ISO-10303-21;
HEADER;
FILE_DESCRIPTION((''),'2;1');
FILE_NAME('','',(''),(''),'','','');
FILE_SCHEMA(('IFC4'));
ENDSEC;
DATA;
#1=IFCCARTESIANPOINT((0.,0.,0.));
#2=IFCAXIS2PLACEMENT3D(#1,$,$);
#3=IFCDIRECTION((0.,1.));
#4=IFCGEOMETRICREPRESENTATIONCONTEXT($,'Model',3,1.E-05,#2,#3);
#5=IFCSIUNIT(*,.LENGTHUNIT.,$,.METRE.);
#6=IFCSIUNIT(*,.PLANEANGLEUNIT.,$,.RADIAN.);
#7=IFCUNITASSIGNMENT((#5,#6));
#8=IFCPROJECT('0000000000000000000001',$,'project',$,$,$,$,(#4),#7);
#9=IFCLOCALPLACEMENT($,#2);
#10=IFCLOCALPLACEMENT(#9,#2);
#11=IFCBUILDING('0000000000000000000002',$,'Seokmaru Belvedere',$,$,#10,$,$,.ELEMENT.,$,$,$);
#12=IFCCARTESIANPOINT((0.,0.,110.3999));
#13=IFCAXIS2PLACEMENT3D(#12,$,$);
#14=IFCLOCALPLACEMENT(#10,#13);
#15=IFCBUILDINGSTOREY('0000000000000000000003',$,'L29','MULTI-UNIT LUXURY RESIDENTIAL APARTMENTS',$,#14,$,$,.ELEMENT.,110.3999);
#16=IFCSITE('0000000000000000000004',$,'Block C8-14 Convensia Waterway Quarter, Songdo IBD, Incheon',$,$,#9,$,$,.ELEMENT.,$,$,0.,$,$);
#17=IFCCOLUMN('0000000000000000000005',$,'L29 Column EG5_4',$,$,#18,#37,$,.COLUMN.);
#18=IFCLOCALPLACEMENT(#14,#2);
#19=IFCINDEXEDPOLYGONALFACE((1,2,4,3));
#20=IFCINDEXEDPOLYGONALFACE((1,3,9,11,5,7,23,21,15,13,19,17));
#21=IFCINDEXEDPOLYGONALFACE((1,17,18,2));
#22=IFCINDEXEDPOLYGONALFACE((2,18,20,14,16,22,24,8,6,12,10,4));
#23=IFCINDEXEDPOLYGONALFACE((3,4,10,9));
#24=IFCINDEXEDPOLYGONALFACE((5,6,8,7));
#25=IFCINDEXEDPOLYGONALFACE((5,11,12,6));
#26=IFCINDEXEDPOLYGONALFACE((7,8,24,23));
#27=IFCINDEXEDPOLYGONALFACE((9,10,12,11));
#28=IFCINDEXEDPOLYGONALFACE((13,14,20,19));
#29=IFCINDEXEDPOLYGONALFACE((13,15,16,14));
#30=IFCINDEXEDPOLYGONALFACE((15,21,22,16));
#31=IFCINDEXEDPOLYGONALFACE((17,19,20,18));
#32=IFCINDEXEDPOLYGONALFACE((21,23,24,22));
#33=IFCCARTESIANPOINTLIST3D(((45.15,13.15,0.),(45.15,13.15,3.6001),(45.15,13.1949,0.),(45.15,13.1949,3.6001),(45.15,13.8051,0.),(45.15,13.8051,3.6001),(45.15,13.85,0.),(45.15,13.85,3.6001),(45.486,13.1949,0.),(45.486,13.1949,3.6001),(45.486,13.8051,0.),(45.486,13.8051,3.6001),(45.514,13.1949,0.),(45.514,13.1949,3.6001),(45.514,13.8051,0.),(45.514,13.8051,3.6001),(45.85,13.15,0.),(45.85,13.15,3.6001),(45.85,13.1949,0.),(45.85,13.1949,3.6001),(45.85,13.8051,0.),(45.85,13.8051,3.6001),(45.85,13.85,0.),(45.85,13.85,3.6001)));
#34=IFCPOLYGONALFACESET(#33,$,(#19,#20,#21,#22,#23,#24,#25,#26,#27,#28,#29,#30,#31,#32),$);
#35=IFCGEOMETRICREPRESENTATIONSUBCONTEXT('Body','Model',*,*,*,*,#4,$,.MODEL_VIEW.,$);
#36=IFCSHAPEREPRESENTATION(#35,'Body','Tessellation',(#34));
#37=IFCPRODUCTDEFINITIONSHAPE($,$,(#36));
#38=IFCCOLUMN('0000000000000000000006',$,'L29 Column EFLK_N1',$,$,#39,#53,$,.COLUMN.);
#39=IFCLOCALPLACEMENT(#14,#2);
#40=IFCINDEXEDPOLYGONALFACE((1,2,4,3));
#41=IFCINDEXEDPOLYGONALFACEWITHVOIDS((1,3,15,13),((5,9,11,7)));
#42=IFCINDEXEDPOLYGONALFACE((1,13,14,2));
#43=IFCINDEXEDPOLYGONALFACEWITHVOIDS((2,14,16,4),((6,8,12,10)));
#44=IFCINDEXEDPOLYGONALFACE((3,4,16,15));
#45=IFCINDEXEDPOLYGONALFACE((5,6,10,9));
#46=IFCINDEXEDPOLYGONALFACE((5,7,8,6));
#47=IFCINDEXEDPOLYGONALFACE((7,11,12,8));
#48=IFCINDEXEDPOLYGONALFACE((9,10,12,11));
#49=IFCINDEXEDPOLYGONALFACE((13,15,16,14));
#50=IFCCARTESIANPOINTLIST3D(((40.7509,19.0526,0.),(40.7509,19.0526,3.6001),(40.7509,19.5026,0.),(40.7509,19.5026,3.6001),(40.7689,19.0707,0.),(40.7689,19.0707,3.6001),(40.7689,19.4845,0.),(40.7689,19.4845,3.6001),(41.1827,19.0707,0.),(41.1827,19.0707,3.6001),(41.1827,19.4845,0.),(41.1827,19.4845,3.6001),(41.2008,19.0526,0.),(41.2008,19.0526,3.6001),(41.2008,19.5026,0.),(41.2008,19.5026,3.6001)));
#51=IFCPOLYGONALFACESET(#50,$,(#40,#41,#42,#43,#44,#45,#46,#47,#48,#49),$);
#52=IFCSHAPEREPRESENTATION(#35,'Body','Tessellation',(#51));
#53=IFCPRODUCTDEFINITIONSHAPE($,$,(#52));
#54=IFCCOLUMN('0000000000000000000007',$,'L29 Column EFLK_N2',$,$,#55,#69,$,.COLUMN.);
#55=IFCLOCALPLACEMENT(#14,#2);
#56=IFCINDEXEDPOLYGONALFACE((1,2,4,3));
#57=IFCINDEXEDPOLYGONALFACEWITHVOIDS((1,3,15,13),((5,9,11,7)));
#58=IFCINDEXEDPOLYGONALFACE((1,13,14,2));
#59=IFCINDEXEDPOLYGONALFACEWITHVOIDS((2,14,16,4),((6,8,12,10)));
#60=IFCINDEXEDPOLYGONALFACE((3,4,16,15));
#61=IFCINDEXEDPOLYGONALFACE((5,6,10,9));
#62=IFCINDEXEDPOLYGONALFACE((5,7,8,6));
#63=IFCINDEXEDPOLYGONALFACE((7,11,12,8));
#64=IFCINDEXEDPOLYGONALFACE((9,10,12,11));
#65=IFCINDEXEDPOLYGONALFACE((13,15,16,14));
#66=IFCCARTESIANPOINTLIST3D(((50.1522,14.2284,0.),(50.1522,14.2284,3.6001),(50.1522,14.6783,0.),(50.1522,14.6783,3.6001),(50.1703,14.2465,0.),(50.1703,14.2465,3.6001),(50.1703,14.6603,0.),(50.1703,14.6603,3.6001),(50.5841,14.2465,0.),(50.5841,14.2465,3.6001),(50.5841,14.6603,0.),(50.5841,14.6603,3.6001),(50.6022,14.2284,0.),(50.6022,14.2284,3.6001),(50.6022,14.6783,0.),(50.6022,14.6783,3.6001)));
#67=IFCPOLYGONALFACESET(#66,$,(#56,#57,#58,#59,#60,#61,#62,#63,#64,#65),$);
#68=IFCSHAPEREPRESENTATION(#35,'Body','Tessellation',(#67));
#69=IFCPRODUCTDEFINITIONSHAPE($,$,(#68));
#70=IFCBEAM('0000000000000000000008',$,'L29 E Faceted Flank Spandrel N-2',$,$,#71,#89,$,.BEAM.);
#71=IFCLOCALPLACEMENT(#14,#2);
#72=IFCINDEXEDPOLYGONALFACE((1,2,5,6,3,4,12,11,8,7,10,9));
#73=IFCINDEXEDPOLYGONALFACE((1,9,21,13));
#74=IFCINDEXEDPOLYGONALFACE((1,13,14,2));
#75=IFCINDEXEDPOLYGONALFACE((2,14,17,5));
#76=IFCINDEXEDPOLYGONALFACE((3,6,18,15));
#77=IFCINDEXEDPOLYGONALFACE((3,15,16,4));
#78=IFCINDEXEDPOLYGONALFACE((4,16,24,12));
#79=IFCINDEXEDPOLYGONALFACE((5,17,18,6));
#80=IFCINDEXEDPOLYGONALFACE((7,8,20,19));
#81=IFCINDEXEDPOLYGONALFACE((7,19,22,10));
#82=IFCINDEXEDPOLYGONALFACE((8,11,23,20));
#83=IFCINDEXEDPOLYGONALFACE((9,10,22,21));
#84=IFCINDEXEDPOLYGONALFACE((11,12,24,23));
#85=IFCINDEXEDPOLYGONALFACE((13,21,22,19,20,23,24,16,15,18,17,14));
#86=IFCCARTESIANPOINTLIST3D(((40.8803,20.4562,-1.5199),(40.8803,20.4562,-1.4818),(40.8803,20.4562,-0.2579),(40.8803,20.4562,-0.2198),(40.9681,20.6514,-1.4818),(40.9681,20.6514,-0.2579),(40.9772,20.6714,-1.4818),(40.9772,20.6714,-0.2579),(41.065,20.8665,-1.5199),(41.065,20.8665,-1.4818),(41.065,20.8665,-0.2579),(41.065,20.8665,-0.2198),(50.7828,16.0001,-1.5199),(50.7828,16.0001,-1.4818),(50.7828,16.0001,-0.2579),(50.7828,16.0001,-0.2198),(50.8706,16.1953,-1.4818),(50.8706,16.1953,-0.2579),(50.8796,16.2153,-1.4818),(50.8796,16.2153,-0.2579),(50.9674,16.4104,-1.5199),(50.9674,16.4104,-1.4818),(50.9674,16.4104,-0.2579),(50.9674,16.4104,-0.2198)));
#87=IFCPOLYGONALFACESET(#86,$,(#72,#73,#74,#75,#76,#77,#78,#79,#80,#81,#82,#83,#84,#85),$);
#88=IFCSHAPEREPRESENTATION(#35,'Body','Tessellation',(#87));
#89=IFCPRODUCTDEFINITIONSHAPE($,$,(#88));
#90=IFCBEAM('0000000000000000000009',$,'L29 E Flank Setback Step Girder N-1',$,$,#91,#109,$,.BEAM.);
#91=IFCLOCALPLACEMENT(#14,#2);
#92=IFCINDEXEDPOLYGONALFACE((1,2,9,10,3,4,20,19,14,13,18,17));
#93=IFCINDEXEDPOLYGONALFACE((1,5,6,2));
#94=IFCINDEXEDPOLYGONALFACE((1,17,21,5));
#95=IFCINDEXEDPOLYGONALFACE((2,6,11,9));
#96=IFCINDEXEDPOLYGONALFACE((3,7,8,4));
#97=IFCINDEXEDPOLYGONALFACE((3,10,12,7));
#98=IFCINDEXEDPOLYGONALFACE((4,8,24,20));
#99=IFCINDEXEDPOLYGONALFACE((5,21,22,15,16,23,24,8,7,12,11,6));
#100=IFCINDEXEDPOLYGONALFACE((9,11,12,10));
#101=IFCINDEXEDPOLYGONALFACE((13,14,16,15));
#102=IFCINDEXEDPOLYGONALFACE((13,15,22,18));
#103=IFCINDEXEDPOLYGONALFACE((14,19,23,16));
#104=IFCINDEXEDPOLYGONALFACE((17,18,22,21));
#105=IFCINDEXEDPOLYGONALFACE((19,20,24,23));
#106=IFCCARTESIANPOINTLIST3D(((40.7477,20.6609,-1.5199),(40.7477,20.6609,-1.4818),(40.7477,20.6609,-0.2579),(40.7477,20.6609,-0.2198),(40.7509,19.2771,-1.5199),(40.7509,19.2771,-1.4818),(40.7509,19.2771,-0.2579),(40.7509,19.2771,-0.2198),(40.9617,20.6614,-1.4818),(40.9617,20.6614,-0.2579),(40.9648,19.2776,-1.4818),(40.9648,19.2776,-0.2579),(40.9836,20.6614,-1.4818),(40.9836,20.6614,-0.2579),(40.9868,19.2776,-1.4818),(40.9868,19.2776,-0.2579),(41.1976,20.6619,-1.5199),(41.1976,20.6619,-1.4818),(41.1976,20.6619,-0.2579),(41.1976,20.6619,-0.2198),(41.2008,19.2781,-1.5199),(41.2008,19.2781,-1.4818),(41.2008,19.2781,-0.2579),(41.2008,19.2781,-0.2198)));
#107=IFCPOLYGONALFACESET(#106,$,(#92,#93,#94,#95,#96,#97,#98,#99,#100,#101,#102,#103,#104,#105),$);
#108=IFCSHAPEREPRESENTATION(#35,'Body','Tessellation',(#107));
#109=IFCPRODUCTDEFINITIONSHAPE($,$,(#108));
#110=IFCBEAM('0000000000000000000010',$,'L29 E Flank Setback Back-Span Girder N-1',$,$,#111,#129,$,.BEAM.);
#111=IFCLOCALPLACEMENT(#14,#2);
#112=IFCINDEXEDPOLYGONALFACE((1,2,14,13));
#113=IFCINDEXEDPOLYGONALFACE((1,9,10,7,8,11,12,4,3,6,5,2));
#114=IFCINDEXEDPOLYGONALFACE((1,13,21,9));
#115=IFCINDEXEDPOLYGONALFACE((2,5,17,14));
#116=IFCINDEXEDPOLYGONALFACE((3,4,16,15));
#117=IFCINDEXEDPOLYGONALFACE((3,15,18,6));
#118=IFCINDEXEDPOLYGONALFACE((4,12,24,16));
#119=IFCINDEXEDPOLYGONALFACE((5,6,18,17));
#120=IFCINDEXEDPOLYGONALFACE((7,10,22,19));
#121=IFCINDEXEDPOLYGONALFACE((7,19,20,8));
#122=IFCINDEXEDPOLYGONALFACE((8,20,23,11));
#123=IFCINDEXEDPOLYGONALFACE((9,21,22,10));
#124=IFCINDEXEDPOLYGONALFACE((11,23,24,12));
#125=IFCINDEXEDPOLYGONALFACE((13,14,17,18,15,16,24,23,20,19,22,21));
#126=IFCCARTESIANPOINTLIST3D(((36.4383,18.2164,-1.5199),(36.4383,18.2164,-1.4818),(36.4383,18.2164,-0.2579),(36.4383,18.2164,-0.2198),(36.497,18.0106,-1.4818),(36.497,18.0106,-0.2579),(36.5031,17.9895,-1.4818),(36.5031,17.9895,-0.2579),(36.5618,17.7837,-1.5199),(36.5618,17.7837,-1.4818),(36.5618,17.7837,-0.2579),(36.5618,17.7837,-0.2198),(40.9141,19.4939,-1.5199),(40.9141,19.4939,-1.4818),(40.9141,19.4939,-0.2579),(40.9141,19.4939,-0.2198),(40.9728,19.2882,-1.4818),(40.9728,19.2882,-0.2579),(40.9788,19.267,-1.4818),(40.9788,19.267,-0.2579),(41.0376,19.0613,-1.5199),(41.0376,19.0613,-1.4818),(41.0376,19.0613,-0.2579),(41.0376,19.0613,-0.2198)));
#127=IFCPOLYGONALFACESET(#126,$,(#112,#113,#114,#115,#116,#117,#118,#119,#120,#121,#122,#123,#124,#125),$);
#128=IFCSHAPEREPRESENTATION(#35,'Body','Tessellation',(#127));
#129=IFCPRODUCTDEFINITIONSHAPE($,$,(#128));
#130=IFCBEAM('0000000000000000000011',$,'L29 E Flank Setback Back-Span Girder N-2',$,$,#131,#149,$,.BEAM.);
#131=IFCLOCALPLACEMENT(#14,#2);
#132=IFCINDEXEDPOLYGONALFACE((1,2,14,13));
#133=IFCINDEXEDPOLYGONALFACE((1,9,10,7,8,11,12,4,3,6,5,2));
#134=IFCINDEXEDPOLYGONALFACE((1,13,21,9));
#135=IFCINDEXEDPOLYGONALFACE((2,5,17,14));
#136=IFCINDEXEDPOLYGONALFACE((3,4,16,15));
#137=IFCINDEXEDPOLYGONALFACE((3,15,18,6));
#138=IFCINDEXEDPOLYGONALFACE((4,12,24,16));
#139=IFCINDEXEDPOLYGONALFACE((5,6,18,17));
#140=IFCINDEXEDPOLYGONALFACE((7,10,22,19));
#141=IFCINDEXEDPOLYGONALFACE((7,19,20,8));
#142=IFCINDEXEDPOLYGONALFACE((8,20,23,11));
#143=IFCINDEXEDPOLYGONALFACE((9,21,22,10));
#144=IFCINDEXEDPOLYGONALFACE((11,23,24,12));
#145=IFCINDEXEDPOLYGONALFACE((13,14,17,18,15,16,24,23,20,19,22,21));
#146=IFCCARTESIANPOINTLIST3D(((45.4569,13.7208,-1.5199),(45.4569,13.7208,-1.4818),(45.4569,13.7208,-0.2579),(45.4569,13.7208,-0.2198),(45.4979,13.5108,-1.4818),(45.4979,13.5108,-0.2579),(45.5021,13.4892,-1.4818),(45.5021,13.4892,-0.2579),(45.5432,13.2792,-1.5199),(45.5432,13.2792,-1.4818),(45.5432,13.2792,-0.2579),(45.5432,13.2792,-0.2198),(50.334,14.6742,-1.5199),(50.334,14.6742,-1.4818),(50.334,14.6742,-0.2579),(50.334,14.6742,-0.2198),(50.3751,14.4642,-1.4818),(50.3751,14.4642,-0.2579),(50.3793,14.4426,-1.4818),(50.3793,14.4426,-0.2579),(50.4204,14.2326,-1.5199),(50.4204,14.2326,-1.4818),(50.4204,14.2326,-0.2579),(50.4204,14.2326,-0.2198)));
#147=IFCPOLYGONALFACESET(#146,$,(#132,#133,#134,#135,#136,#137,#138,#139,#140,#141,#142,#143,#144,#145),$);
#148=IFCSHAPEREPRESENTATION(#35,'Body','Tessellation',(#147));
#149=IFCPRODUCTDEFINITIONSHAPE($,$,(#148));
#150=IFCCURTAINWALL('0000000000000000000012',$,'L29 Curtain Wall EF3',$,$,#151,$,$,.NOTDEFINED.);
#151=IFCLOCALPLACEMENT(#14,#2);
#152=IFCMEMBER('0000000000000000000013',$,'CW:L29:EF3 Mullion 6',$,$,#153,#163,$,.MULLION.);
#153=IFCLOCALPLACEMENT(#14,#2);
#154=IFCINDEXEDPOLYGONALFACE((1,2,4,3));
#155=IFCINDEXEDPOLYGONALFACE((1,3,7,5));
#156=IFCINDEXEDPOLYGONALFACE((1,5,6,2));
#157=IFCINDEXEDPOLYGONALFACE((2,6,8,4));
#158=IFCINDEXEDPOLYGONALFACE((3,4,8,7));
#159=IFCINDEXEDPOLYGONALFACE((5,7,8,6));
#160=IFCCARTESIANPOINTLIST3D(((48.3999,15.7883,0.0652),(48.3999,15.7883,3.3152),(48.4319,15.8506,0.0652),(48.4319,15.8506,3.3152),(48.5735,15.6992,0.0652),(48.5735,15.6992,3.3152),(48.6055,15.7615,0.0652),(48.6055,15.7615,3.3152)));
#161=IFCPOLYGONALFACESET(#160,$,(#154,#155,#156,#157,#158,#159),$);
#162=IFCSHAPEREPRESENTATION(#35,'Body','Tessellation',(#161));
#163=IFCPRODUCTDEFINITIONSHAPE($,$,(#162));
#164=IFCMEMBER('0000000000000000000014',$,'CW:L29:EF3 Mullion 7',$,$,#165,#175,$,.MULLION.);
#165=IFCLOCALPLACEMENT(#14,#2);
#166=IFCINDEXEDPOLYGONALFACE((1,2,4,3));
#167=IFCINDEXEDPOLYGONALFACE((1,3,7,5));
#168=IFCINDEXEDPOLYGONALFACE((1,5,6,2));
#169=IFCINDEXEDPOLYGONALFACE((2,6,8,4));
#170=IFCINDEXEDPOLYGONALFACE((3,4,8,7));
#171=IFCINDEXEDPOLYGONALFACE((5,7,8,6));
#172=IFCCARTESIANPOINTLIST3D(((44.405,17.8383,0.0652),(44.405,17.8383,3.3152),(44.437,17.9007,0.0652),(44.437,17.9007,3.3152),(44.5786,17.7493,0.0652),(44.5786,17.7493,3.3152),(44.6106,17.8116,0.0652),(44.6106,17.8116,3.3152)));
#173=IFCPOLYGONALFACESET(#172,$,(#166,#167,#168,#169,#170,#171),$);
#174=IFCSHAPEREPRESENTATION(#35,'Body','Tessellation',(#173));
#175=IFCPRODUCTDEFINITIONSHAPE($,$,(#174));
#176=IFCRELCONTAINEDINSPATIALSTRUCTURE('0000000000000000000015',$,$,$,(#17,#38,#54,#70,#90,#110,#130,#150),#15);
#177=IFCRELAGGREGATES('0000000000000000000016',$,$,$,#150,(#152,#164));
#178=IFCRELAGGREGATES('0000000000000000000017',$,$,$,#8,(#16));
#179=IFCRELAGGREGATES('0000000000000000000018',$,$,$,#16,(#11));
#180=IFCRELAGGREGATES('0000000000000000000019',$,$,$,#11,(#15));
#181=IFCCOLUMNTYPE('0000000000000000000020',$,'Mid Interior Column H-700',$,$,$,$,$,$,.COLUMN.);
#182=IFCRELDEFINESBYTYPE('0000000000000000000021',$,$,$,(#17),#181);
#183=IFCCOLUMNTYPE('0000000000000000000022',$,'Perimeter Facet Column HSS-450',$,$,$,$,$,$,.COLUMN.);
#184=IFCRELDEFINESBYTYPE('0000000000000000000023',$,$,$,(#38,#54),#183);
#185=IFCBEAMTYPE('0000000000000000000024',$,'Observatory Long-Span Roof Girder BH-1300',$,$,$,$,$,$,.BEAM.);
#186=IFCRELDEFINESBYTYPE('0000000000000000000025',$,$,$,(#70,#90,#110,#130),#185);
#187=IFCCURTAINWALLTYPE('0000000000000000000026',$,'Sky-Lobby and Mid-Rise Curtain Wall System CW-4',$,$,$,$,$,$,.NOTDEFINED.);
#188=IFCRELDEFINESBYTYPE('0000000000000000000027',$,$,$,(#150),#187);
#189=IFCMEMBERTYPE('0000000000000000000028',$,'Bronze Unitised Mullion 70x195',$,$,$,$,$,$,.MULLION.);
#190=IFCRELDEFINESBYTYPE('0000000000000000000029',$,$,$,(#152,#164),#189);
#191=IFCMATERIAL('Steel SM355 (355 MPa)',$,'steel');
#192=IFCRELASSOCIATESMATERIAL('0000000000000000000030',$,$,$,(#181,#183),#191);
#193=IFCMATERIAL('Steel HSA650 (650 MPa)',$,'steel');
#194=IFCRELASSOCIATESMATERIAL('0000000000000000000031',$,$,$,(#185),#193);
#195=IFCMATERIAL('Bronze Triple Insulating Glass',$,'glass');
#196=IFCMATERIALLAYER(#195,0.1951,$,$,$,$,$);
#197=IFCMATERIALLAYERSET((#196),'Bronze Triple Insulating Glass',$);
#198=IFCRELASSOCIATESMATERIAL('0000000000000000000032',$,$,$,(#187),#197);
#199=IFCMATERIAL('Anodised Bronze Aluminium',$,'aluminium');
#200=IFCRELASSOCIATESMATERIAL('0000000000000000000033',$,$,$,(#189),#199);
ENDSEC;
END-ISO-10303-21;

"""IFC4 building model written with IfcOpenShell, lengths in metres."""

from ifc_helpers import new_model, si_unit, direction, frame, origin, origin_2d, place, context, subcontext, project, spatial, rectangle, hollow_rectangle, i_section, extrude, source, transform, mapped, material, layer, layer_set, material_profile, profile_set, type_object, type_shapes, element, aggregate, save


model = new_model("IFC4")

# Units and contexts
model_context = context("Model", 3, precision=1e-05, world=origin(), true_north=direction((0.0, 1.0)))
body_context = subcontext(model_context, "Body", "Model", "MODEL_VIEW")
ifc_project = project(units=[si_unit("LENGTHUNIT", "METRE"), si_unit("PLANEANGLEUNIT", "RADIAN")], contexts=[model_context])

# Site, building, storey
site_placement = place(None, origin())
site = spatial("IfcSite", under=ifc_project, at=site_placement, Name="Block C8-14 Convensia Waterway Quarter, Songdo IBD, Incheon", CompositionType="ELEMENT", RefElevation=0.0)
building_placement = place(site_placement, origin())
building = spatial("IfcBuilding", under=site, at=building_placement, Name="Seokmaru Belvedere", CompositionType="ELEMENT")
storey_placement = place(building_placement, frame((0.0, 0.0, 110.3999)))
storey = spatial("IfcBuildingStorey", under=building, at=storey_placement, Name="L29", Description="MULTI-UNIT LUXURY RESIDENTIAL APARTMENTS", CompositionType="ELEMENT", Elevation=110.3999)

# Columns
ifc_material_1 = material(Name="Steel SM355 (355 MPa)", Category="steel")
ifc_material_profile_1 = material_profile(ifc_material_1, i_section(OverallWidth=0.7, OverallDepth=0.7, WebThickness=0.0281, FlangeThickness=0.0449, at=origin_2d()), Name="H-700x700x28x45")
ifc_profile_set_1 = profile_set([ifc_material_profile_1], Name="Steel SM355 (355 MPa)")
column_type_1 = type_object("IfcColumnType", Name="Mid Interior Column H-700", PredefinedType="COLUMN", material=ifc_profile_set_1)
shared_shape_1 = source(origin(), body_context, "Body", "SweptSolid", [
    extrude(i_section(OverallWidth=0.7, OverallDepth=0.7, WebThickness=0.0281, FlangeThickness=0.0449, at=origin_2d()), origin(), (0.0, 0.0, 1.0), 3.6001),
])
type_shapes(column_type_1, [shared_shape_1])
column_placement = place(storey_placement, frame((45.5, 13.5, 0.0), z_axis=(0.0, 0.0, 1.0), x_axis=(1.0, 0.0, 0.0)))
element("IfcColumn", 1, at=column_placement, inside=storey, type_object=column_type_1, Name="L29 Column EG5_4", PredefinedType="COLUMN", context=body_context, shape_type="MappedRepresentation", body=[
    mapped(shared_shape_1, transform((0.0, 0.0, 0.0), scale=1.0)),
])
ifc_material_profile_2 = material_profile(ifc_material_1, hollow_rectangle(XDim=0.45, YDim=0.45, WallThickness=0.0181, at=origin_2d()), Name="HSS-450x450x18")
ifc_profile_set_2 = profile_set([ifc_material_profile_2], Name="Steel SM355 (355 MPa)")
column_type_2 = type_object("IfcColumnType", Name="Perimeter Facet Column HSS-450", PredefinedType="COLUMN", material=ifc_profile_set_2)
shared_shape_2 = source(origin(), body_context, "Body", "SweptSolid", [
    extrude(hollow_rectangle(XDim=0.45, YDim=0.45, WallThickness=0.0181, at=origin_2d()), origin(), (0.0, 0.0, 1.0), 3.6001),
])
type_shapes(column_type_2, [shared_shape_2])
for number, where, z_axis, x_axis, name in (
    (2, (40.9758, 19.2776, 0.0), (0.0, 0.0, 1.0), (1.0, 0.0, 0.0), "L29 Column EFLK_N1"),
    (3, (50.3772, 14.4534, 0.0), (0.0, 0.0, 1.0), (1.0, 0.0, 0.0), "L29 Column EFLK_N2"),
):
    element("IfcColumn", number, at=place(storey_placement, frame(where, z_axis=z_axis, x_axis=x_axis)), inside=storey, type_object=column_type_2, Name=name, PredefinedType="COLUMN", context=body_context, shape_type="MappedRepresentation", body=[
        mapped(shared_shape_2, transform((0.0, 0.0, 0.0), scale=1.0)),
    ])

# Beams
ifc_material_2 = material(Name="Steel HSA650 (650 MPa)", Category="steel")
ifc_material_profile_3 = material_profile(ifc_material_2, i_section(OverallWidth=0.45, OverallDepth=1.3, WebThickness=0.022, FlangeThickness=0.0381, at=origin_2d()), Name="BH-1300x450x22x38")
ifc_profile_set_3 = profile_set([ifc_material_profile_3], Name="Steel HSA650 (650 MPa)")
beam_type = type_object("IfcBeamType", Name="Observatory Long-Span Roof Girder BH-1300", PredefinedType="BEAM", material=ifc_profile_set_3)
shared_shape_3 = source(origin(), body_context, "Body", "SweptSolid", [
    extrude(i_section(OverallWidth=0.45, OverallDepth=1.3, WebThickness=0.022, FlangeThickness=0.0381, at=origin_2d()), origin(), (0.0, 0.0, 1.0), 10.8589),
])
beam_1_placement = place(storey_placement, frame((40.9727, 20.6614, -0.8699), z_axis=(0.911922, -0.410365, 0.0), x_axis=(0.410365, 0.911922, 0.0)))
element("IfcBeam", 4, at=beam_1_placement, inside=storey, type_object=beam_type, Name="L29 E Faceted Flank Spandrel N-2", PredefinedType="BEAM", context=body_context, shape_type="MappedRepresentation", body=[
    mapped(shared_shape_3, transform((0.0, 0.0, 0.0), scale=1.0)),
])
shared_shape_4 = source(origin(), body_context, "Body", "SweptSolid", [
    extrude(i_section(OverallWidth=0.45, OverallDepth=1.3, WebThickness=0.022, FlangeThickness=0.0381, at=origin_2d()), origin(), (0.0, 0.0, 1.0), 1.3838),
])
beam_2_placement = place(storey_placement, frame((40.9727, 20.6614, -0.8699), z_axis=(0.002294, -0.999997, 0.0), x_axis=(0.999997, 0.002294, 0.0)))
element("IfcBeam", 5, at=beam_2_placement, inside=storey, type_object=beam_type, Name="L29 E Flank Setback Step Girder N-1", PredefinedType="BEAM", context=body_context, shape_type="MappedRepresentation", body=[
    mapped(shared_shape_4, transform((0.0, 0.0, 0.0), scale=1.0)),
])
shared_shape_5 = source(origin(), body_context, "Body", "SweptSolid", [
    extrude(i_section(OverallWidth=0.45, OverallDepth=1.3, WebThickness=0.022, FlangeThickness=0.0381, at=origin_2d()), origin(), (0.0, 0.0, 1.0), 4.6545),
])
beam_3_placement = place(storey_placement, frame((40.9758, 19.2776, -0.8699), z_axis=(-0.961593, -0.274479, 0.0), x_axis=(0.274479, -0.961593, 0.0)))
element("IfcBeam", 6, at=beam_3_placement, inside=storey, type_object=beam_type, Name="L29 E Flank Setback Back-Span Girder N-1", PredefinedType="BEAM", context=body_context, shape_type="MappedRepresentation", body=[
    mapped(shared_shape_5, transform((0.0, 0.0, 0.0), scale=1.0)),
])
shared_shape_6 = source(origin(), body_context, "Body", "SweptSolid", [
    extrude(i_section(OverallWidth=0.45, OverallDepth=1.3, WebThickness=0.022, FlangeThickness=0.0381, at=origin_2d()), origin(), (0.0, 0.0, 1.0), 4.9695),
])
type_shapes(beam_type, [shared_shape_3, shared_shape_4, shared_shape_5, shared_shape_6])
beam_4_placement = place(storey_placement, frame((50.3772, 14.4534, -0.8699), z_axis=(-0.981425, -0.191844, 0.0), x_axis=(0.191844, -0.981425, 0.0)))
element("IfcBeam", 7, at=beam_4_placement, inside=storey, type_object=beam_type, Name="L29 E Flank Setback Back-Span Girder N-2", PredefinedType="BEAM", context=body_context, shape_type="MappedRepresentation", body=[
    mapped(shared_shape_6, transform((0.0, 0.0, 0.0), scale=1.0)),
])

# Curtain wall, members
ifc_material_3 = material(Name="Bronze Triple Insulating Glass", Category="glass")
ifc_layer_1 = layer(ifc_material_3, 0.1951)
ifc_layer_set_1 = layer_set([ifc_layer_1], Name="Bronze Triple Insulating Glass")
curtain_wall_type = type_object("IfcCurtainWallType", Name="Sky-Lobby and Mid-Rise Curtain Wall System CW-4", PredefinedType="NOTDEFINED", material=ifc_layer_set_1)
curtain_wall_placement = place(storey_placement, origin())
curtain_wall = element("IfcCurtainWall", 8, at=curtain_wall_placement, inside=storey, type_object=curtain_wall_type, Name="L29 Curtain Wall EF3", PredefinedType="NOTDEFINED")
ifc_material_4 = material(Name="Anodised Bronze Aluminium", Category="aluminium")
ifc_material_profile_4 = material_profile(ifc_material_4, rectangle(XDim=0.0701, YDim=0.1951, at=origin_2d()), Name="CW-M-70x195")
ifc_profile_set_4 = profile_set([ifc_material_profile_4], Name="Anodised Bronze Aluminium")
member_type = type_object("IfcMemberType", Name="Bronze Unitised Mullion 70x195", PredefinedType="MULLION", material=ifc_profile_set_4)
shared_shape_7 = source(origin(), body_context, "Body", "SweptSolid", [
    extrude(rectangle(XDim=0.0701, YDim=0.1951, at=origin_2d()), origin(), (0.0, 0.0, 1.0), 3.25),
])
type_shapes(member_type, [shared_shape_7])
member_1_placement = place(storey_placement, frame((48.5027, 15.7749, 0.0652), z_axis=(0.0, 0.0, 1.0), x_axis=(-0.456555, -0.889695, 0.0)))
member_1 = element("IfcMember", 9, at=member_1_placement, type_object=member_type, Name="CW:L29:EF3 Mullion 6", PredefinedType="MULLION", context=body_context, shape_type="MappedRepresentation", body=[
    mapped(shared_shape_7, transform((0.0, 0.0, 0.0), scale=1.0)),
])
member_2_placement = place(storey_placement, frame((44.5078, 17.825, 0.0652), z_axis=(0.0, 0.0, 1.0), x_axis=(-0.456555, -0.889695, 0.0)))
member_2 = element("IfcMember", 10, at=member_2_placement, type_object=member_type, Name="CW:L29:EF3 Mullion 7", PredefinedType="MULLION", context=body_context, shape_type="MappedRepresentation", body=[
    mapped(shared_shape_7, transform((0.0, 0.0, 0.0), scale=1.0)),
])
aggregate(curtain_wall, [member_1, member_2])

save(model, "model.ifc")
